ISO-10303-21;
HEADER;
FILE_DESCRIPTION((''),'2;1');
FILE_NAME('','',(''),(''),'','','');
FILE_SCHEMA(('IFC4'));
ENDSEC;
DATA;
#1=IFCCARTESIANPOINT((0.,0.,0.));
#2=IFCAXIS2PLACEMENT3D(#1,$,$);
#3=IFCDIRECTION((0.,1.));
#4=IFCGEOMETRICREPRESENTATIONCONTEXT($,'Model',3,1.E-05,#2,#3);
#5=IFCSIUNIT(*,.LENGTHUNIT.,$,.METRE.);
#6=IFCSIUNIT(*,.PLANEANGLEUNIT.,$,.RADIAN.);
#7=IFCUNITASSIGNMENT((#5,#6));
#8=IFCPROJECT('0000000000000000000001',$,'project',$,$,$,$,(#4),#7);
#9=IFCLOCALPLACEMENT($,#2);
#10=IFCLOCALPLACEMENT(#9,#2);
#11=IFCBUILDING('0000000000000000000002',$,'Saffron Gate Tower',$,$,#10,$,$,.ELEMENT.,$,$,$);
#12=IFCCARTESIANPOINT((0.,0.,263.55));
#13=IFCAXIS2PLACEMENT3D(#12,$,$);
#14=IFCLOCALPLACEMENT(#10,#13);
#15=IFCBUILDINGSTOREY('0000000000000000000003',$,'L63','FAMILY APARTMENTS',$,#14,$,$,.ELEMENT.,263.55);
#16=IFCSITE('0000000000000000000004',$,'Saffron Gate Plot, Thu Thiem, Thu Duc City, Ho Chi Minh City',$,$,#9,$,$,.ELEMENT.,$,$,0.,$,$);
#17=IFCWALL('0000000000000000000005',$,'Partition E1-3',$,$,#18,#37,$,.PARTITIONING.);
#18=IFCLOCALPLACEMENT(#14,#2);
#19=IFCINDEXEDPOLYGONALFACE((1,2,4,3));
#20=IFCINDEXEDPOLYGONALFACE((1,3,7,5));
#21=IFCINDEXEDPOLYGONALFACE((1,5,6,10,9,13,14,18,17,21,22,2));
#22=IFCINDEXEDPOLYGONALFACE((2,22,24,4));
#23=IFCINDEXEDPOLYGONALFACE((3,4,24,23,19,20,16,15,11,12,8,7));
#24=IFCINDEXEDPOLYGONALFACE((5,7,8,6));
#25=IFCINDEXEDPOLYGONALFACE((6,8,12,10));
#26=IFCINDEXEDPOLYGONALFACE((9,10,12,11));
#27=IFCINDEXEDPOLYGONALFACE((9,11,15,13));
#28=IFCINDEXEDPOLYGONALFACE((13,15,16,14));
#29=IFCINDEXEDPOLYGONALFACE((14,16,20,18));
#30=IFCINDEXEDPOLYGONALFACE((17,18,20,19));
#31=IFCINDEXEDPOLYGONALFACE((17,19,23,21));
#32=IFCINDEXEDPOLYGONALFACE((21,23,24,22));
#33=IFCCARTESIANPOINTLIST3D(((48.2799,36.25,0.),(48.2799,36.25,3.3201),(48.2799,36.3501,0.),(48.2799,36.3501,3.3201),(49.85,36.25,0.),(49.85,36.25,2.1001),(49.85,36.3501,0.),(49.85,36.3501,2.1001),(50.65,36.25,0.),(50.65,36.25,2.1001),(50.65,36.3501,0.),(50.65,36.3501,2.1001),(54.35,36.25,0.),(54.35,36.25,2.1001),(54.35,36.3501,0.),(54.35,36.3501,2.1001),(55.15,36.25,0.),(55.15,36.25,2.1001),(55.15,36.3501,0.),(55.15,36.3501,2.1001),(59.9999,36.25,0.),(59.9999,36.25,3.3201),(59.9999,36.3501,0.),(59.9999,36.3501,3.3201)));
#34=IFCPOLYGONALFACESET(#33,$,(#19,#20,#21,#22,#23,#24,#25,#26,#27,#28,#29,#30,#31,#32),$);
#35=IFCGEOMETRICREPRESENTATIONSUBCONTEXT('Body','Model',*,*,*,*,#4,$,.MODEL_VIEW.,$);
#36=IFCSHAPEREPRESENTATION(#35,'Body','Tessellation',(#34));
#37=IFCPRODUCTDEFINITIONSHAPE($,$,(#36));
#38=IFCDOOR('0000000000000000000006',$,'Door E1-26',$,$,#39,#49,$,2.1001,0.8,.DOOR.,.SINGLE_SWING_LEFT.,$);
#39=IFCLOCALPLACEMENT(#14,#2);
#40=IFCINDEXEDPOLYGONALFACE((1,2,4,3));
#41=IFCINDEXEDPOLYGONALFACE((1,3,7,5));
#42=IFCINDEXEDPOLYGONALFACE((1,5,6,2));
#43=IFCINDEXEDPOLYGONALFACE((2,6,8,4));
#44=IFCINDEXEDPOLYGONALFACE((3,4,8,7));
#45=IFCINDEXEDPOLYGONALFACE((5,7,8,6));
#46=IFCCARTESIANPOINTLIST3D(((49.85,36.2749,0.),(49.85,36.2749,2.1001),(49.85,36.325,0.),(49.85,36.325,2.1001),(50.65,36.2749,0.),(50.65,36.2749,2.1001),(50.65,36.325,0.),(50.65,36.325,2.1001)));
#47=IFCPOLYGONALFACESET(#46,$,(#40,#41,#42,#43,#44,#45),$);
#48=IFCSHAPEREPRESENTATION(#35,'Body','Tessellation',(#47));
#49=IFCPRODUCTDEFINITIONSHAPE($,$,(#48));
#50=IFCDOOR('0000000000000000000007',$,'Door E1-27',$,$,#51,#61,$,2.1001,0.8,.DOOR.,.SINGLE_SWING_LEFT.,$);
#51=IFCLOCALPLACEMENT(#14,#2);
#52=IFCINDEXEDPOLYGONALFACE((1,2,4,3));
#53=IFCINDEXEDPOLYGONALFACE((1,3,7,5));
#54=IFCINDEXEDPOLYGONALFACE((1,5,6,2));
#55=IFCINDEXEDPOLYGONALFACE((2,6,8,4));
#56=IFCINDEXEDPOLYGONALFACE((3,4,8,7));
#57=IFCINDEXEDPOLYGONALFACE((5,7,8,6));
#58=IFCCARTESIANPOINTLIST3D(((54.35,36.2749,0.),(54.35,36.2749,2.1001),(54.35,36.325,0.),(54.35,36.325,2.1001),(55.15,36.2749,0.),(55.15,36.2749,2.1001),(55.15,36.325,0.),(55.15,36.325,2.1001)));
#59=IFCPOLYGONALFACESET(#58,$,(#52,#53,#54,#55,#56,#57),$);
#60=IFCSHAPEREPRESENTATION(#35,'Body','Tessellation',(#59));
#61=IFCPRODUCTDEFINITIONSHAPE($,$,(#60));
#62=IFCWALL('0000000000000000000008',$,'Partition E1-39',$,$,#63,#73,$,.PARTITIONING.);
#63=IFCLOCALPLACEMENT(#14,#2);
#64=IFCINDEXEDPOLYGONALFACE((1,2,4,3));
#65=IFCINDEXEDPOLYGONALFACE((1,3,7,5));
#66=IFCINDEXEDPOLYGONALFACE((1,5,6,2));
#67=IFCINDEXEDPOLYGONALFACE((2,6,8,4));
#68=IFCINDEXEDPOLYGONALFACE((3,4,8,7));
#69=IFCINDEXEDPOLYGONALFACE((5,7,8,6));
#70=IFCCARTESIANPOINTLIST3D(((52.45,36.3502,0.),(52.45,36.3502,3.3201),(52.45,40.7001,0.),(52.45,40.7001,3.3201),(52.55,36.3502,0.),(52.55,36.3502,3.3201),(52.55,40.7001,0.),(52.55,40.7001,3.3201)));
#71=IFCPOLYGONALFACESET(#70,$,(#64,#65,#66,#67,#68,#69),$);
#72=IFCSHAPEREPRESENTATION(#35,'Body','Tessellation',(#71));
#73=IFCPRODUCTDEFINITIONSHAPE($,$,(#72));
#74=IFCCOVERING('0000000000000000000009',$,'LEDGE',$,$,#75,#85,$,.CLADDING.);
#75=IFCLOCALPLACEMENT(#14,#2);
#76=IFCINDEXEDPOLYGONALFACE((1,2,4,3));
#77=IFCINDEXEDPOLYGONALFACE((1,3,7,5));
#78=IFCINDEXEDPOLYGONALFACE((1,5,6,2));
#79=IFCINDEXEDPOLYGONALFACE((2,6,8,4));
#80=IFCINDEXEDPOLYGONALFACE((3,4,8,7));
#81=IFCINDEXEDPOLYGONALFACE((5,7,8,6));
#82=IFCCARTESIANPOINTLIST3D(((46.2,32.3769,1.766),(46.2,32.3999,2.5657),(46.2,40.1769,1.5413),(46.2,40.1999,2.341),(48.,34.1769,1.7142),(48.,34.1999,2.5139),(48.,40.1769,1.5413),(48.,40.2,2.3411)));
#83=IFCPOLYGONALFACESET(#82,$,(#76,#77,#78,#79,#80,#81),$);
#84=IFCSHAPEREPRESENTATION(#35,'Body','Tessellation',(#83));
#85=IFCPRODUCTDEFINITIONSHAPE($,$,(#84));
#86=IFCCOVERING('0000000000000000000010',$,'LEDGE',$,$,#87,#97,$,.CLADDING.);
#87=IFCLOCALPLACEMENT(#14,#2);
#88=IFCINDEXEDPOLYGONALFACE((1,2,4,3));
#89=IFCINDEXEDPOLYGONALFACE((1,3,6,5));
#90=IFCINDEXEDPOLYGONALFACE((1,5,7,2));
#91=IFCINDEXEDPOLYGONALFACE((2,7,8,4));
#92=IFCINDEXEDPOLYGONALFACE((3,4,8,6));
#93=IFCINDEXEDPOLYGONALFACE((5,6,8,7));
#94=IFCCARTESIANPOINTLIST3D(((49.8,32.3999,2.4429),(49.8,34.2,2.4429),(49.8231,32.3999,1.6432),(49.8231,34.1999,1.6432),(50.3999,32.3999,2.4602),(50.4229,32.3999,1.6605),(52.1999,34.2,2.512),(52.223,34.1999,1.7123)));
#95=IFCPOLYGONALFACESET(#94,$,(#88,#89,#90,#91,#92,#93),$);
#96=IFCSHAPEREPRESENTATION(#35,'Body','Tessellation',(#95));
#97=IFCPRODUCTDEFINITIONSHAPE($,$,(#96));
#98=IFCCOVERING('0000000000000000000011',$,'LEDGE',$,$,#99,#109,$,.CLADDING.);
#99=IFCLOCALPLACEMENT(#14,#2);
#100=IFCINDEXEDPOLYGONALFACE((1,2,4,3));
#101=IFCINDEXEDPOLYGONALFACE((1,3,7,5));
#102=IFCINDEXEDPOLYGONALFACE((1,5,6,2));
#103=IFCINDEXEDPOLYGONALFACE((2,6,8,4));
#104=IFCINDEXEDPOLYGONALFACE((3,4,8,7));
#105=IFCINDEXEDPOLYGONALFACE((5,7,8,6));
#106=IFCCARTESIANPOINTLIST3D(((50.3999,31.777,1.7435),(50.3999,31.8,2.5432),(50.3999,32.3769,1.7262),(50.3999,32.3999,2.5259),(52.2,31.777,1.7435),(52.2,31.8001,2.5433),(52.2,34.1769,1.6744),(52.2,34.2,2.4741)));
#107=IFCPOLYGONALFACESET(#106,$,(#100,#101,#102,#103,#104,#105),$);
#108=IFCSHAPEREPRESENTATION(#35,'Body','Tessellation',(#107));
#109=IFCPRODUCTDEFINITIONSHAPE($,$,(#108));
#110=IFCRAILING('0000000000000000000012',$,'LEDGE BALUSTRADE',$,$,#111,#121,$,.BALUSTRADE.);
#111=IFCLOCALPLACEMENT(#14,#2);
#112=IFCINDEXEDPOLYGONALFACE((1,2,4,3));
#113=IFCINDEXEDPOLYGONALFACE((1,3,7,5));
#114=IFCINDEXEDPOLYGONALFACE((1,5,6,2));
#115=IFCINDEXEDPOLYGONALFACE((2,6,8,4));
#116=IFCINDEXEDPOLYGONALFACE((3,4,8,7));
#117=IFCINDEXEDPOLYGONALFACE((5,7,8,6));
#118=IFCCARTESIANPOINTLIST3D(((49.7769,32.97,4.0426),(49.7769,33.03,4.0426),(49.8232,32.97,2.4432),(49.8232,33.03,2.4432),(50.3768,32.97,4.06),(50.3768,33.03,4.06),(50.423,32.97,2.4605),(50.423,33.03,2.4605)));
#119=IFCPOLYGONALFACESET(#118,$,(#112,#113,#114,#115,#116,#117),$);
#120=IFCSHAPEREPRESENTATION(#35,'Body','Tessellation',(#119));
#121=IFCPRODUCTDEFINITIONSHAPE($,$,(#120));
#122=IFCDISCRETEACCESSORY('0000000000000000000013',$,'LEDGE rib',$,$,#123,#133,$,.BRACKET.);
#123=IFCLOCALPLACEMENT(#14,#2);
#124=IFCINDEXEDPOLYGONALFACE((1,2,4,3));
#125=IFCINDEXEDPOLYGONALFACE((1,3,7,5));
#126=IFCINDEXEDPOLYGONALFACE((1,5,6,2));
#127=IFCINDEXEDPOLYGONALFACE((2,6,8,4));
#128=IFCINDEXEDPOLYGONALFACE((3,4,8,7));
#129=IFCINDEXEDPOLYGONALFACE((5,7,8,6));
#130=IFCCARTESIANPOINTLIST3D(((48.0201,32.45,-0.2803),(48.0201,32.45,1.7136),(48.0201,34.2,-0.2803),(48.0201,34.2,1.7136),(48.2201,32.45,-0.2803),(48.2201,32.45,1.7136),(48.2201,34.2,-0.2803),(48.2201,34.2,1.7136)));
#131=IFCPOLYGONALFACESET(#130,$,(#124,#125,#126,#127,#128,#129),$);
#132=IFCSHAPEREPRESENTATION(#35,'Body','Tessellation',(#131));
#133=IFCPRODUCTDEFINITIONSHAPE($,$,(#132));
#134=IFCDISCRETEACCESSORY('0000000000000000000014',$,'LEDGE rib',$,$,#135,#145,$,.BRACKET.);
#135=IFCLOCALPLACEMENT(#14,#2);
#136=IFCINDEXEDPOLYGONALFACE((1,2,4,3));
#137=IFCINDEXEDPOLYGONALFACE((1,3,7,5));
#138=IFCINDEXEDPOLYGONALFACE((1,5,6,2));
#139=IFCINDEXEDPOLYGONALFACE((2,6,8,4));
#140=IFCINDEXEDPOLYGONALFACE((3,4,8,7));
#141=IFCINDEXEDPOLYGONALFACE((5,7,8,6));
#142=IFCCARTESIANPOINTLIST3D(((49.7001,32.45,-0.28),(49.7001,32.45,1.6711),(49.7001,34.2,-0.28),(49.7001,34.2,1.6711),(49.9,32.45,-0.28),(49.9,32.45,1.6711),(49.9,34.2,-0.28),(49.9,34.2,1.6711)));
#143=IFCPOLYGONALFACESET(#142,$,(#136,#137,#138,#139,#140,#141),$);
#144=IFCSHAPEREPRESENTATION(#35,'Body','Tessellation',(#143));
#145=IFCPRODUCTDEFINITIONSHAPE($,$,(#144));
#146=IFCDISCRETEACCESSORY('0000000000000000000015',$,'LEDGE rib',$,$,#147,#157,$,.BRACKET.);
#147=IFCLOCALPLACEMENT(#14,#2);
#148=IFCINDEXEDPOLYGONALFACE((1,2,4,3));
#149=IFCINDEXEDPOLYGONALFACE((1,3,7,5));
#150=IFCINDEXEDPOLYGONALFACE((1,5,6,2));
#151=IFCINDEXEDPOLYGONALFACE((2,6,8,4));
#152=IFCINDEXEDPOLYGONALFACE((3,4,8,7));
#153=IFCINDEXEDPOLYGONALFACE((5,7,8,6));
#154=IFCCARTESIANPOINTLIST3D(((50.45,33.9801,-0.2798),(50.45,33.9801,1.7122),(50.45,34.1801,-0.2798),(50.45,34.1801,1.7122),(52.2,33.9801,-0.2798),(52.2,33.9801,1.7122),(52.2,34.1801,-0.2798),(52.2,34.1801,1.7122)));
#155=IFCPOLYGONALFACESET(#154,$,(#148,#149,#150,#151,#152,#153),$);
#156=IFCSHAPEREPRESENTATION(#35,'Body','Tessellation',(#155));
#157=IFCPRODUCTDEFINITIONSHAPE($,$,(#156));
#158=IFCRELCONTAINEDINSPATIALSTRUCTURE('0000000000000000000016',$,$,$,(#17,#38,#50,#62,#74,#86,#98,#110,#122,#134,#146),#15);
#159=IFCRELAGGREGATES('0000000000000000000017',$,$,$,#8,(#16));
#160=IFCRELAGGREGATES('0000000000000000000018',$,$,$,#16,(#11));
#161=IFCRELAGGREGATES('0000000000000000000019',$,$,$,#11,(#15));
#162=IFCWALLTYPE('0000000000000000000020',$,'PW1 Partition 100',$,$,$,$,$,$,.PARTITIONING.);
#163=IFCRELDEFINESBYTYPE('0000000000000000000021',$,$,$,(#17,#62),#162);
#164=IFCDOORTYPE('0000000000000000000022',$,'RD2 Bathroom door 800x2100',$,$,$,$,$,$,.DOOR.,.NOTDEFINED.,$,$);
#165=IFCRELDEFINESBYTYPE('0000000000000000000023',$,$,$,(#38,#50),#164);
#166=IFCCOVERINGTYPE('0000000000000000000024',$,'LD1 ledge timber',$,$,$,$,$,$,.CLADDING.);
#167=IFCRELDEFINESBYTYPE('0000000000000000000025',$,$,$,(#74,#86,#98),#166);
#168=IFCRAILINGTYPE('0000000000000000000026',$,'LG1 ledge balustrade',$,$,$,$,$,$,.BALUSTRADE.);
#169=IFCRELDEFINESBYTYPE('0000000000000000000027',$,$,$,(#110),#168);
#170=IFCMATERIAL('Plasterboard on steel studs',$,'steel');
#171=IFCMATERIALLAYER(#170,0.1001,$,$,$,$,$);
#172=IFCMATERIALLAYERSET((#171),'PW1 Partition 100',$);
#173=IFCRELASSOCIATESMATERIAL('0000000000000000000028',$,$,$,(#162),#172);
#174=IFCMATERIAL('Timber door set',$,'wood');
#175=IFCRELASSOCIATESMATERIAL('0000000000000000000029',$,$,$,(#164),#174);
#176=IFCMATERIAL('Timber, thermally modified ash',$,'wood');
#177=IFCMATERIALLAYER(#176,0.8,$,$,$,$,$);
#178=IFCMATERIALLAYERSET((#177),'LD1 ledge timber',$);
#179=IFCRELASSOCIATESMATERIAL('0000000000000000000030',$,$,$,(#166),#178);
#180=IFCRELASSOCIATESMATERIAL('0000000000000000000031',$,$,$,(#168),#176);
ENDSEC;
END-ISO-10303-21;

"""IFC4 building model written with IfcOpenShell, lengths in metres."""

from ifc_helpers import new_model, si_unit, direction, frame, frame_2d, origin, origin_2d, place, context, subcontext, project, spatial, polyline, rectangle, outline, extrude, material, layer, layer_set, type_object, element, fill, save


model = new_model("IFC4")

# Units and contexts
model_context = context("Model", 3, precision=1e-05, world=origin(), true_north=direction((0.0, 1.0)))
body_context = subcontext(model_context, "Body", "Model", "MODEL_VIEW")
ifc_project = project(units=[si_unit("LENGTHUNIT", "METRE"), si_unit("PLANEANGLEUNIT", "RADIAN")], contexts=[model_context])

# Site, building, storey
site_placement = place(None, origin())
site = spatial("IfcSite", under=ifc_project, at=site_placement, Name="Saffron Gate Plot, Thu Thiem, Thu Duc City, Ho Chi Minh City", CompositionType="ELEMENT", RefElevation=0.0)
building_placement = place(site_placement, origin())
building = spatial("IfcBuilding", under=site, at=building_placement, Name="Saffron Gate Tower", CompositionType="ELEMENT")
storey_placement = place(building_placement, frame((0.0, 0.0, 263.55)))
storey = spatial("IfcBuildingStorey", under=building, at=storey_placement, Name="L63", Description="FAMILY APARTMENTS", CompositionType="ELEMENT", Elevation=263.55)

# Shared definitions
ifc_material_1 = material(Name="Plasterboard on steel studs", Category="steel")
ifc_layer_1 = layer(ifc_material_1, 0.1001)
ifc_layer_set_1 = layer_set([ifc_layer_1], Name="PW1 Partition 100")
wall_type = type_object("IfcWallType", Name="PW1 Partition 100", PredefinedType="PARTITIONING", material=ifc_layer_set_1)

# Wall, openings, doors
wall_1_placement = place(storey_placement, frame((48.28, 36.3, 0.0), z_axis=(0.0, 0.0, 1.0), x_axis=(1.0, 0.0, 0.0)))
wall_1 = element("IfcWall", 1, at=wall_1_placement, inside=storey, type_object=wall_type, Name="Partition E1-3", PredefinedType="PARTITIONING", context=body_context, shape_type="SweptSolid", body=[
    extrude(rectangle(XDim=11.72, YDim=0.1001, at=frame_2d((5.8599, 0.0))), origin(), (0.0, 0.0, 1.0), 3.3201),
])
opening_1_placement = place(wall_1_placement, frame((1.5701, 0.0, 0.0)))
opening_1 = element("IfcOpeningElement", 2, at=opening_1_placement, cuts=wall_1, PredefinedType="OPENING", context=body_context, shape_type="SweptSolid", body=[
    extrude(rectangle(XDim=0.8, YDim=2.1001, at=frame_2d((0.3999, 1.05))), frame((0.0, 0.0601, 0.0), z_axis=(0.0, -1.0, 0.0), x_axis=(1.0, 0.0, 0.0)), (0.0, 0.0, 1.0), 0.1201),
])
opening_2_placement = place(wall_1_placement, frame((6.0701, 0.0, 0.0)))
opening_2 = element("IfcOpeningElement", 3, at=opening_2_placement, cuts=wall_1, PredefinedType="OPENING", context=body_context, shape_type="SweptSolid", body=[
    extrude(rectangle(XDim=0.8, YDim=2.1001, at=frame_2d((0.3999, 1.05))), frame((0.0, 0.0601, 0.0), z_axis=(0.0, -1.0, 0.0), x_axis=(1.0, 0.0, 0.0)), (0.0, 0.0, 1.0), 0.1201),
])
ifc_material_2 = material(Name="Timber door set", Category="wood")
door_type = type_object("IfcDoorType", Name="RD2 Bathroom door 800x2100", OperationType="NOTDEFINED", PredefinedType="DOOR", material=ifc_material_2)
door_1_placement = place(opening_1_placement, origin())
door_1 = element("IfcDoor", 4, at=door_1_placement, inside=storey, type_object=door_type, Name="Door E1-26", OperationType="SINGLE_SWING_LEFT", OverallHeight=2.1001, OverallWidth=0.8, PredefinedType="DOOR", context=body_context, shape_type="SweptSolid", body=[
    extrude(rectangle(XDim=0.8, YDim=2.1001, at=frame_2d((0.3999, 1.05))), frame((0.0, 0.0249, 0.0), z_axis=(0.0, -1.0, 0.0), x_axis=(1.0, 0.0, 0.0)), (0.0, 0.0, 1.0), 0.05),
])
fill(opening_1, door_1)
door_2_placement = place(opening_2_placement, origin())
door_2 = element("IfcDoor", 5, at=door_2_placement, inside=storey, type_object=door_type, Name="Door E1-27", OperationType="SINGLE_SWING_LEFT", OverallHeight=2.1001, OverallWidth=0.8, PredefinedType="DOOR", context=body_context, shape_type="SweptSolid", body=[
    extrude(rectangle(XDim=0.8, YDim=2.1001, at=frame_2d((0.3999, 1.05))), frame((0.0, 0.0249, 0.0), z_axis=(0.0, -1.0, 0.0), x_axis=(1.0, 0.0, 0.0)), (0.0, 0.0, 1.0), 0.05),
])
fill(opening_2, door_2)

# Wall
wall_2_placement = place(storey_placement, frame((52.5, 40.7, 0.0), z_axis=(0.0, 0.0, 1.0), x_axis=(0.0, -1.0, 0.0)))
element("IfcWall", 6, at=wall_2_placement, inside=storey, type_object=wall_type, Name="Partition E1-39", PredefinedType="PARTITIONING", context=body_context, shape_type="SweptSolid", body=[
    extrude(rectangle(XDim=4.3499, YDim=0.1001, at=frame_2d((2.1748, 0.0))), origin(), (0.0, 0.0, 1.0), 3.3201),
])

# Coverings
ifc_material_3 = material(Name="Timber, thermally modified ash", Category="wood")
ifc_layer_2 = layer(ifc_material_3, 0.8)
ifc_layer_set_2 = layer_set([ifc_layer_2], Name="LD1 ledge timber")
covering_type = type_object("IfcCoveringType", Name="LD1 ledge timber", PredefinedType="CLADDING", material=ifc_layer_set_2)
covering_1_placement = place(storey_placement, frame((48.0, 40.2, 2.3411), z_axis=(-0.000024, 0.028789, 0.999585), x_axis=(0.0, -0.999585, 0.028789)))
element("IfcCovering", 7, at=covering_1_placement, inside=storey, type_object=covering_type, Name="LEDGE", PredefinedType="CLADDING", context=body_context, shape_type="SweptSolid", body=[
    extrude(outline(polyline([(0.0, 0.0), (6.0025, 0.0), (7.8033, -1.8), (0.0, -1.8), (0.0, 0.0)])), origin(), (0.0, 0.0, -1.0), 0.8),
])
covering_2_placement = place(storey_placement, frame((49.8, 34.2, 2.4429), z_axis=(-0.028799, 0.000029, 0.999585), x_axis=(0.999585, 0.0, 0.028799)))
element("IfcCovering", 8, at=covering_2_placement, inside=storey, type_object=covering_type, Name="LEDGE", PredefinedType="CLADDING", context=body_context, shape_type="SweptSolid", body=[
    extrude(outline(polyline([(0.0, 0.0), (2.4009, 0.0), (0.6001, -1.8), (0.0, -1.8), (0.0, 0.0)])), origin(), (0.0, 0.0, -1.0), 0.8),
])
covering_3_placement = place(storey_placement, frame((52.2, 34.2, 2.4741), z_axis=(-0.000029, 0.028799, 0.999585), x_axis=(0.0, -0.999585, 0.028799)))
element("IfcCovering", 9, at=covering_3_placement, inside=storey, type_object=covering_type, Name="LEDGE", PredefinedType="CLADDING", context=body_context, shape_type="SweptSolid", body=[
    extrude(outline(polyline([(0.0, 0.0), (2.4009, 0.0), (2.4009, -1.8), (1.8008, -1.8), (0.0, 0.0)])), origin(), (0.0, 0.0, -1.0), 0.8),
])

# Railing
railing_type = type_object("IfcRailingType", Name="LG1 ledge balustrade", PredefinedType="BALUSTRADE", material=ifc_material_3)
railing_placement = place(storey_placement, frame((49.8, 33.0, 2.4429)))
element("IfcRailing", 10, at=railing_placement, inside=storey, type_object=railing_type, Name="LEDGE BALUSTRADE", PredefinedType="BALUSTRADE", context=body_context, shape_type="SweptSolid", body=[
    extrude(rectangle(XDim=0.0601, YDim=1.6001, at=origin_2d()), frame((0.0, 0.0, 0.8), z_axis=(0.999583, 0.0, 0.028885), x_axis=(0.0, 1.0, 0.0)), (0.0, 0.0, 1.0), 0.6001),
])

# Discrete accessories
discrete_accessory_1_placement = place(storey_placement, frame((48.1201, 33.325, -0.2803), z_axis=(0.0, 0.0, 1.0), x_axis=(1.0, 0.0, 0.0)))
element("IfcDiscreteAccessory", 11, at=discrete_accessory_1_placement, inside=storey, Name="LEDGE rib", PredefinedType="BRACKET", context=body_context, shape_type="SweptSolid", body=[
    extrude(rectangle(XDim=0.2, YDim=1.75, at=origin_2d()), origin(), (0.0, 0.0, 1.0), 1.9939),
])
discrete_accessory_2_placement = place(storey_placement, frame((49.8, 33.325, -0.28), z_axis=(0.0, 0.0, 1.0), x_axis=(1.0, 0.0, 0.0)))
element("IfcDiscreteAccessory", 12, at=discrete_accessory_2_placement, inside=storey, Name="LEDGE rib", PredefinedType="BRACKET", context=body_context, shape_type="SweptSolid", body=[
    extrude(rectangle(XDim=0.2, YDim=1.75, at=origin_2d()), origin(), (0.0, 0.0, 1.0), 1.9512),
])
discrete_accessory_3_placement = place(storey_placement, frame((51.325, 34.0801, -0.2798), z_axis=(0.0, 0.0, 1.0), x_axis=(0.0, -1.0, 0.0)))
element("IfcDiscreteAccessory", 13, at=discrete_accessory_3_placement, inside=storey, Name="LEDGE rib", PredefinedType="BRACKET", context=body_context, shape_type="SweptSolid", body=[
    extrude(rectangle(XDim=0.2, YDim=1.75, at=origin_2d()), origin(), (0.0, 0.0, 1.0), 1.9919),
])

save(model, "model.ifc")
